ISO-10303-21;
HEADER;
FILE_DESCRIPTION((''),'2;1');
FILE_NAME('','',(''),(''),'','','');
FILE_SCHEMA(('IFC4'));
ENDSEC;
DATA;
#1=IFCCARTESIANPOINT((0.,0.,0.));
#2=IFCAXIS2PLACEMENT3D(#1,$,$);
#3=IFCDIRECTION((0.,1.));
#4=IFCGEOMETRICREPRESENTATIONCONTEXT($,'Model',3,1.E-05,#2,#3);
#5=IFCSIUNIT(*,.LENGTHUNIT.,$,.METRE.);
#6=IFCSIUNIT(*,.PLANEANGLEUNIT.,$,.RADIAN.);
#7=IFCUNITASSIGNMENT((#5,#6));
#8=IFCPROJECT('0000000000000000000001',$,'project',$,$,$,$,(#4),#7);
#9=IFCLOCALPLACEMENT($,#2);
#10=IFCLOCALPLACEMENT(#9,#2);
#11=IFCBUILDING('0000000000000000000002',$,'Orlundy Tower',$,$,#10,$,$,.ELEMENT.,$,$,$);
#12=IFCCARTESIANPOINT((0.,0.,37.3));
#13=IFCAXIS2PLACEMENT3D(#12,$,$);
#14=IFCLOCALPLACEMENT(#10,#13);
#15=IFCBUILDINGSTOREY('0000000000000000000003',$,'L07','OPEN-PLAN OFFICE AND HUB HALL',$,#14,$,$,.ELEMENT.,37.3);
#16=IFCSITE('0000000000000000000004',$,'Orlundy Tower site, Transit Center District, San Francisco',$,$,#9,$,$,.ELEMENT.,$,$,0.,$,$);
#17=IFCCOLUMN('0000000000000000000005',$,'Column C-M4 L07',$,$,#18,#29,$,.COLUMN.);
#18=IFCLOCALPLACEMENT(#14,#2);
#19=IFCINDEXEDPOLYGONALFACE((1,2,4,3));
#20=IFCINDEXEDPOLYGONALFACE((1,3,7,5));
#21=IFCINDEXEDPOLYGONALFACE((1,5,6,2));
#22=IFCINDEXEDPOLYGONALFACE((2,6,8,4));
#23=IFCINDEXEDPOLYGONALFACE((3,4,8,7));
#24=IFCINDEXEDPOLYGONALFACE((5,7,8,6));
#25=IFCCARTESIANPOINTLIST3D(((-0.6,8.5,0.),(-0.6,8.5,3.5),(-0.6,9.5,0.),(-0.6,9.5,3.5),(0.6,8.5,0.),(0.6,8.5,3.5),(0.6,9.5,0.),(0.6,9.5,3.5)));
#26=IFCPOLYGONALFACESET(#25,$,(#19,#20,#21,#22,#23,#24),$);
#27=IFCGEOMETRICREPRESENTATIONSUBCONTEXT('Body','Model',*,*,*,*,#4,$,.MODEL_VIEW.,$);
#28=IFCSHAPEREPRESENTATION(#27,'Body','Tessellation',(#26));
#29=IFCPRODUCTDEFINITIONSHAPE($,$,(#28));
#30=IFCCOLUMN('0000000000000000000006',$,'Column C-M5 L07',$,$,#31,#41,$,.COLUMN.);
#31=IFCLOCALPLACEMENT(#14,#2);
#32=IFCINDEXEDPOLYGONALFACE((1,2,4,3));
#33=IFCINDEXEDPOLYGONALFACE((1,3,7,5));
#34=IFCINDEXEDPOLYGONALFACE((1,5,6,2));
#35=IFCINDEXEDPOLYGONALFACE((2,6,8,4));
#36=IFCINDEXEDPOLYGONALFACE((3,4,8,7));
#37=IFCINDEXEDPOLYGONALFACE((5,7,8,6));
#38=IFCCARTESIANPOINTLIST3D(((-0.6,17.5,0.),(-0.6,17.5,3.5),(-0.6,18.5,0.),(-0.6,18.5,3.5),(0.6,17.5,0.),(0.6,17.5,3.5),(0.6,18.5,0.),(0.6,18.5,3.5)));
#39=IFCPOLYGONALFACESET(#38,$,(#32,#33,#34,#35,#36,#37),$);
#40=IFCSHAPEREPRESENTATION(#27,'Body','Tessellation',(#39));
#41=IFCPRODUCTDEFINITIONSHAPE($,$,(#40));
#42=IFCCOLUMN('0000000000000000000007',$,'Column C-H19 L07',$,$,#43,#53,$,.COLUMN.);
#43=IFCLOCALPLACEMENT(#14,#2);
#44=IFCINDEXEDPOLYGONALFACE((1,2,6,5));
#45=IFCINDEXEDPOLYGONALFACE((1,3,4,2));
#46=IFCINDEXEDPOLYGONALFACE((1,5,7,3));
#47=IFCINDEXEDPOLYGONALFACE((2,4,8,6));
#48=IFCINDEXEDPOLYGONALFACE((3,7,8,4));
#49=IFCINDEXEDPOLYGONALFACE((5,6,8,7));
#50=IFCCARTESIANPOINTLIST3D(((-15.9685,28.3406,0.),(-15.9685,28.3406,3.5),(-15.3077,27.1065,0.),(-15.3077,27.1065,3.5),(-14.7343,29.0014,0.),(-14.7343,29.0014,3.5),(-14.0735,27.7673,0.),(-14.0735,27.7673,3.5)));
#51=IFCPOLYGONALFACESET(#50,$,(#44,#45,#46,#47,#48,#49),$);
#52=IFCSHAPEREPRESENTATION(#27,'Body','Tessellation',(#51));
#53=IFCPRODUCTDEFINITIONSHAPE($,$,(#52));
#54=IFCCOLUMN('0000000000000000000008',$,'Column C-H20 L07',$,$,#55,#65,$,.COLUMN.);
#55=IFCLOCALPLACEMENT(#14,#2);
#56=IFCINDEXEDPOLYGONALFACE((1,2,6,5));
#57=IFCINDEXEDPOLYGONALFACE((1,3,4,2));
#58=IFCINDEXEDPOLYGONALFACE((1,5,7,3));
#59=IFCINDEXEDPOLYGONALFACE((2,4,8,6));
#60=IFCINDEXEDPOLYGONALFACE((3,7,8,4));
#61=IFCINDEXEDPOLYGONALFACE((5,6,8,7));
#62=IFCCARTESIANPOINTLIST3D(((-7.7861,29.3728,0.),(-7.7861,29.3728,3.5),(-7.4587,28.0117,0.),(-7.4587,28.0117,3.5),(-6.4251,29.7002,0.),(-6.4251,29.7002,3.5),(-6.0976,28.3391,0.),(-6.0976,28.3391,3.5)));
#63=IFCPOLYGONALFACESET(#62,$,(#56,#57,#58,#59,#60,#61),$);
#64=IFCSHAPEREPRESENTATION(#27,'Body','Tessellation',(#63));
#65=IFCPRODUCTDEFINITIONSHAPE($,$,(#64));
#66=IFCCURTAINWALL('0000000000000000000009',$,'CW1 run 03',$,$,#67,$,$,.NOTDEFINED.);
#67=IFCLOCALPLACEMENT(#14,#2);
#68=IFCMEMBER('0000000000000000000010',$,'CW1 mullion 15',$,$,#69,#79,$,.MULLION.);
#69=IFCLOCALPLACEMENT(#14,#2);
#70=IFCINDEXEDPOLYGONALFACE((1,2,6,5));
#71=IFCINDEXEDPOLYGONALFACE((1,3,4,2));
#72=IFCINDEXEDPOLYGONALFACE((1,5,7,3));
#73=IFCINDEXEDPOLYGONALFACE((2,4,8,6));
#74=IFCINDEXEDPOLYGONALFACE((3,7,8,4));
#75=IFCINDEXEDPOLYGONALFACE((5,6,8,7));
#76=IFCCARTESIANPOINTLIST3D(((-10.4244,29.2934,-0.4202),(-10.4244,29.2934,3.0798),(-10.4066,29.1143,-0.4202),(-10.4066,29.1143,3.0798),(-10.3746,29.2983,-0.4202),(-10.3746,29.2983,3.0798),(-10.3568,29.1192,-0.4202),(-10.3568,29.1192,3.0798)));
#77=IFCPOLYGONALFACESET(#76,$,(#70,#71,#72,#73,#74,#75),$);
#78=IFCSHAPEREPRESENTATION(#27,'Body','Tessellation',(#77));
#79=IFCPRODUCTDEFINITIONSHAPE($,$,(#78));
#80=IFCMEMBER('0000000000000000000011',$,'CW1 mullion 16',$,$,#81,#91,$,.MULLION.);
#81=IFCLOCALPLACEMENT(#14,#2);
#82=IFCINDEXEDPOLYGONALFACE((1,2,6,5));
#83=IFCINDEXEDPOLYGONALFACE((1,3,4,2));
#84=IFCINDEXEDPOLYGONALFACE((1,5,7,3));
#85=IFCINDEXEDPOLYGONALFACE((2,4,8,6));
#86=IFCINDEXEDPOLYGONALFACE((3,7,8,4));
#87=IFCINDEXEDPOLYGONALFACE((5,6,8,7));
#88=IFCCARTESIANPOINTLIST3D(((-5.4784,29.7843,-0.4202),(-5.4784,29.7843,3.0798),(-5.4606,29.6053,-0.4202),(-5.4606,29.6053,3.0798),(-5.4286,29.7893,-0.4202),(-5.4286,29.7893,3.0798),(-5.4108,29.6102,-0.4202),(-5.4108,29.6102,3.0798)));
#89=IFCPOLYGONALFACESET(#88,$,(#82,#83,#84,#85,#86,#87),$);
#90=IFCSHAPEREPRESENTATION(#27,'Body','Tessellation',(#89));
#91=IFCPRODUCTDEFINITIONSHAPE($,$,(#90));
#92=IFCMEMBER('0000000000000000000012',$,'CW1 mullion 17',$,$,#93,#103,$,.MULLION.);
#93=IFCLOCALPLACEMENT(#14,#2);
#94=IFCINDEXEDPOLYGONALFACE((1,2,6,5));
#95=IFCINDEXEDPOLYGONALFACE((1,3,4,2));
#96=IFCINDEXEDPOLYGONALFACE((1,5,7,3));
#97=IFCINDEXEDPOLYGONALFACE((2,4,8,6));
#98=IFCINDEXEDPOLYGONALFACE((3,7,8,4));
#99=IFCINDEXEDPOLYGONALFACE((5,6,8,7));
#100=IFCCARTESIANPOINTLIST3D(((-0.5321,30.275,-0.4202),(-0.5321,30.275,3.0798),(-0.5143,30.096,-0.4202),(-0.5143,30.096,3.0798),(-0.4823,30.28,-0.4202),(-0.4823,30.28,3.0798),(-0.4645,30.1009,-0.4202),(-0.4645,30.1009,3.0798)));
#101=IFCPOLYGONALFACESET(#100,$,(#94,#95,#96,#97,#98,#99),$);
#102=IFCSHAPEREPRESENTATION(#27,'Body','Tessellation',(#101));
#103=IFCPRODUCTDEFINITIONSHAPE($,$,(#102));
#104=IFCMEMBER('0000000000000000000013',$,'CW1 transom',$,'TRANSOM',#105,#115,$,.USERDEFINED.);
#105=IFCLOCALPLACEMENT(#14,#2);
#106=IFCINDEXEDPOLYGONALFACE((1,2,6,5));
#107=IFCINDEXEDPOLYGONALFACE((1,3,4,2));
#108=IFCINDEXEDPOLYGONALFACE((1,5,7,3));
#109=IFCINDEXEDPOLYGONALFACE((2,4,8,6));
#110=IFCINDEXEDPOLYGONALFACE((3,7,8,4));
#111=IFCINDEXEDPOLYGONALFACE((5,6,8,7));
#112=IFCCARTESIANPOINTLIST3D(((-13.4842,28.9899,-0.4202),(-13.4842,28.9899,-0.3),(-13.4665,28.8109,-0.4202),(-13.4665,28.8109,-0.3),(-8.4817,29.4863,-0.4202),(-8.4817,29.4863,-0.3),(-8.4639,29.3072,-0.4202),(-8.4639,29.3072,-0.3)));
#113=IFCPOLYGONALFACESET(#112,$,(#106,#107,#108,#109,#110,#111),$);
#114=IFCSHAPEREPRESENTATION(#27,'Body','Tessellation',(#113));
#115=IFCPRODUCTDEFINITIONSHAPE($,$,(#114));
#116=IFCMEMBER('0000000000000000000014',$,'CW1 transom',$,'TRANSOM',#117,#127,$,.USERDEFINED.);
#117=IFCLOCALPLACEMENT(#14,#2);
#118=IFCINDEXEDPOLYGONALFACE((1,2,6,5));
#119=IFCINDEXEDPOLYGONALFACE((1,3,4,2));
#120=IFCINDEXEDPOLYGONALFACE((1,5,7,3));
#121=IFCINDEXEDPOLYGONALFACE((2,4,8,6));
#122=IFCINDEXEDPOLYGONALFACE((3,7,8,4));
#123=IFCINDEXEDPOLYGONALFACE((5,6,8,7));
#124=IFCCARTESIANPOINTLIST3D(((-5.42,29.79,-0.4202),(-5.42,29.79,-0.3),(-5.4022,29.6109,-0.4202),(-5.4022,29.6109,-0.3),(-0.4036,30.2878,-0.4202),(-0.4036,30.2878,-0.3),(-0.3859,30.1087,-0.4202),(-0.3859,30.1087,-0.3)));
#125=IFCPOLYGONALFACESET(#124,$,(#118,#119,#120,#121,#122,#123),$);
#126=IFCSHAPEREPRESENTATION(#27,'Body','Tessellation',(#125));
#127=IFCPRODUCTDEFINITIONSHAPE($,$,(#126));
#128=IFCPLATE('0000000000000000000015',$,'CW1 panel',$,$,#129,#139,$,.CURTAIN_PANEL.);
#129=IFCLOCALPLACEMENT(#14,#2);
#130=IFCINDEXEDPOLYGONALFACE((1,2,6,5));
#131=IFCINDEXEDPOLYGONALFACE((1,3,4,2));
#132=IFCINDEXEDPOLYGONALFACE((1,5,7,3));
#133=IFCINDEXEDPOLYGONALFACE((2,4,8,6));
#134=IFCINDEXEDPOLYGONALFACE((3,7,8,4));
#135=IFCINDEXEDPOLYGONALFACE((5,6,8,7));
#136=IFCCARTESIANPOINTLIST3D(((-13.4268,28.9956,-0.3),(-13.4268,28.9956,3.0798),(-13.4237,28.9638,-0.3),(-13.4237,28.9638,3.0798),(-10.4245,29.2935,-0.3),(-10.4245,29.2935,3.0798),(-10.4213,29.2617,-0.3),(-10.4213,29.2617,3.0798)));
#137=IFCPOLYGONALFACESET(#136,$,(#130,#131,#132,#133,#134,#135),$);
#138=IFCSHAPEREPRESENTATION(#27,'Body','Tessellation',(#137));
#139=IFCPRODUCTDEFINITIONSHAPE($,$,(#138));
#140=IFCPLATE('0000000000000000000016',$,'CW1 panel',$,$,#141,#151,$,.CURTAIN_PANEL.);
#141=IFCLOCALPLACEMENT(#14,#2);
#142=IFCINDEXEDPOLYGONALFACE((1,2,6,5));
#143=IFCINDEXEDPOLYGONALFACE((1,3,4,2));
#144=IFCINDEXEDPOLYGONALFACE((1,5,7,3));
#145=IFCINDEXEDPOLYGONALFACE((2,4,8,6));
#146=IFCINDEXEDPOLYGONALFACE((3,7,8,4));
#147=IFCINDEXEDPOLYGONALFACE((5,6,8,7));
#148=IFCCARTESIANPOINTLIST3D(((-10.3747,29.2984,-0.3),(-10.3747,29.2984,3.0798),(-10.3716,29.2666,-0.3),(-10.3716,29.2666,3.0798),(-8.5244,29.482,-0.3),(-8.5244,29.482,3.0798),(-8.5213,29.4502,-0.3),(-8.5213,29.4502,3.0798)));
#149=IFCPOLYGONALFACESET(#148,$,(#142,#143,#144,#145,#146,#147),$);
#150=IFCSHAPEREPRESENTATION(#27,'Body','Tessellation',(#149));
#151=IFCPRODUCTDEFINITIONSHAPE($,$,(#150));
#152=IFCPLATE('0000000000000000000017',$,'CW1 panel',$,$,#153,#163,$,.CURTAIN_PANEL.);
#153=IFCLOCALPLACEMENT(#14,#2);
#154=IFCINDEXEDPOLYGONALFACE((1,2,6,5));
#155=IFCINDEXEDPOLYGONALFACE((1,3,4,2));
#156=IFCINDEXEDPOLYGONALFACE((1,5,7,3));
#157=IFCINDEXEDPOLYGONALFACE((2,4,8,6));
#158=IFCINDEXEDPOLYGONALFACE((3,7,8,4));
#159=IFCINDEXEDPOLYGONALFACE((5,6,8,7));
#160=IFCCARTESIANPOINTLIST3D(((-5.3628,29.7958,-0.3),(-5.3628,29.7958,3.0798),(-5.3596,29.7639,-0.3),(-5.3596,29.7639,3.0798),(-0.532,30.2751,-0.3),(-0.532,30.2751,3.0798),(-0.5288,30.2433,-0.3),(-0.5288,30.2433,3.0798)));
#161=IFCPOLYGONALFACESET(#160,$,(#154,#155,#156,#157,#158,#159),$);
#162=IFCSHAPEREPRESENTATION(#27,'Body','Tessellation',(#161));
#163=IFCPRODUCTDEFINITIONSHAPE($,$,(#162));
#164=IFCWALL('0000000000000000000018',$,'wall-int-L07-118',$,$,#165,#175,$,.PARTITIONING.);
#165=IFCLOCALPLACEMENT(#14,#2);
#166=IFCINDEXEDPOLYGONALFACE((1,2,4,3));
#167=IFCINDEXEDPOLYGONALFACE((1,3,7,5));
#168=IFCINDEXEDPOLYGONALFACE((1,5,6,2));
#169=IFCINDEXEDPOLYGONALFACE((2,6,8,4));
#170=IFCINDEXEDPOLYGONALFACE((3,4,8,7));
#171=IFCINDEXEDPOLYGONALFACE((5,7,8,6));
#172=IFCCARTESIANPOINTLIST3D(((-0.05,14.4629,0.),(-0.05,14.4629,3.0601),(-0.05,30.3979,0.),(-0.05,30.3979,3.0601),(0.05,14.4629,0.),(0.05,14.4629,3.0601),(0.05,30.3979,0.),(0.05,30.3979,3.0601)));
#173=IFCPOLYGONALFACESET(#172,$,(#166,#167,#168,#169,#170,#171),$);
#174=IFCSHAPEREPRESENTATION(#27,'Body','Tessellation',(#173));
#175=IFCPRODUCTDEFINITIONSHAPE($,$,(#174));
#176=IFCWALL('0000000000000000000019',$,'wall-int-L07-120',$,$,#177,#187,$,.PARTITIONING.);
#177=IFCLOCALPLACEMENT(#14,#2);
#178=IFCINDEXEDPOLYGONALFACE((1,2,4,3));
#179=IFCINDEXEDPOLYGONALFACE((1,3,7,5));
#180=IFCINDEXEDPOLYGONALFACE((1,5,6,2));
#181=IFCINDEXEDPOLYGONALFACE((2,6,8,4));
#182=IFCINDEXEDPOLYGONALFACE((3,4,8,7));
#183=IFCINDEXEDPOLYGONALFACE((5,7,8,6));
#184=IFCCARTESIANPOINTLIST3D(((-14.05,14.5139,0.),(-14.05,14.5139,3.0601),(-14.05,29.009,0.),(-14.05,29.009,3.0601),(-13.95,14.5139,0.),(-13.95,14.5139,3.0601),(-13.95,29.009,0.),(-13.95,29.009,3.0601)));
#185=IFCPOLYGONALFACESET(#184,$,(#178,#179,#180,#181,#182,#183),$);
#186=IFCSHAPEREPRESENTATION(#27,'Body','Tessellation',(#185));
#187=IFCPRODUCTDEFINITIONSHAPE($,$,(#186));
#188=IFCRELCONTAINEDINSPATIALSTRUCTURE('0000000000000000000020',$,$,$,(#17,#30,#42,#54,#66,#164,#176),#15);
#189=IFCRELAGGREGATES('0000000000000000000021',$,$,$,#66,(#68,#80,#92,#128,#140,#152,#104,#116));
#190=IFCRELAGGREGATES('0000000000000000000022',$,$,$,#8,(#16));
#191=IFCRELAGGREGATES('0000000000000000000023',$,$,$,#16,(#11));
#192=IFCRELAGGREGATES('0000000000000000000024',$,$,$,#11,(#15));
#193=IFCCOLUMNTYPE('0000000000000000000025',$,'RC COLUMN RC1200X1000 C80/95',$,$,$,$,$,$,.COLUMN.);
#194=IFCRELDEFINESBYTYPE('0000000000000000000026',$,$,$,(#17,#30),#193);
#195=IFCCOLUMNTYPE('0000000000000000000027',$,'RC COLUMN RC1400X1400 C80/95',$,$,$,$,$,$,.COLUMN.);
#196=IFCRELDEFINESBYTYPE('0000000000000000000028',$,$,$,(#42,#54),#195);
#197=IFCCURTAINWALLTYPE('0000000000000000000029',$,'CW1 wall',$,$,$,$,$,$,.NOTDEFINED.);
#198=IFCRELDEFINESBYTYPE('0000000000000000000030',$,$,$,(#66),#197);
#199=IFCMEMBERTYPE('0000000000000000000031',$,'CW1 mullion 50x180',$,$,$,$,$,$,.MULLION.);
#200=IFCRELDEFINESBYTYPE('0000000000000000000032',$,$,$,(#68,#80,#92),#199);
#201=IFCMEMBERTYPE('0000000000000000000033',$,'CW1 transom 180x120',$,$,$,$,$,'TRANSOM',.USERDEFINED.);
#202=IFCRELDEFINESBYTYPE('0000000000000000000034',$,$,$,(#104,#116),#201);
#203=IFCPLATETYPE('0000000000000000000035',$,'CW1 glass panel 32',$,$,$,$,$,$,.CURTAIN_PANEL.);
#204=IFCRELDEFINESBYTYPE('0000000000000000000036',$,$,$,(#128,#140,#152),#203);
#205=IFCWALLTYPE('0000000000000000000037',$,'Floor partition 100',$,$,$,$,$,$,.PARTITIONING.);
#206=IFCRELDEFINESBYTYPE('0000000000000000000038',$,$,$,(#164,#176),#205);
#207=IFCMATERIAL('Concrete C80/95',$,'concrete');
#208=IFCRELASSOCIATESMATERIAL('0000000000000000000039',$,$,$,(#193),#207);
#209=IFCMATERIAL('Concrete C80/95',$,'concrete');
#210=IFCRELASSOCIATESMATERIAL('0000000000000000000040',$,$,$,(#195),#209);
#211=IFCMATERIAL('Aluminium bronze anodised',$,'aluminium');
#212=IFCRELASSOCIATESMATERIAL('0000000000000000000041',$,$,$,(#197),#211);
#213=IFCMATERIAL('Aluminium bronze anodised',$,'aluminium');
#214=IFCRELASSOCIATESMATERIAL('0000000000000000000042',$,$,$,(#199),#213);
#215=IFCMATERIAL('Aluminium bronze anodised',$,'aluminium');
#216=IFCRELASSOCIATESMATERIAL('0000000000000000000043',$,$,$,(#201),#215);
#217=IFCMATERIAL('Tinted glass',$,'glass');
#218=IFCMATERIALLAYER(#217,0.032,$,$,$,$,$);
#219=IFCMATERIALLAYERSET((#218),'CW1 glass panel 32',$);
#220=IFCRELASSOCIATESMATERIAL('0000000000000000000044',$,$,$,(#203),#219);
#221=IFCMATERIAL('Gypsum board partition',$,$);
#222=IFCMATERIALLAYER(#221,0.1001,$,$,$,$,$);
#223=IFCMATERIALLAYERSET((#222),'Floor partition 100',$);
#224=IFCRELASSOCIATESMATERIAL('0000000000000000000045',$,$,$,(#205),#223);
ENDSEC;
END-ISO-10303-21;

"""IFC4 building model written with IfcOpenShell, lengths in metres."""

from ifc_helpers import new_model, si_unit, direction, frame, frame_2d, origin, origin_2d, place, context, subcontext, project, spatial, rectangle, extrude, material, layer, layer_set, material_profile, profile_set, type_object, element, aggregate, save


model = new_model("IFC4")

# Units and contexts
model_context = context("Model", 3, precision=1e-05, world=origin(), true_north=direction((0.0, 1.0)))
body_context = subcontext(model_context, "Body", "Model", "MODEL_VIEW")
ifc_project = project(units=[si_unit("LENGTHUNIT", "METRE"), si_unit("PLANEANGLEUNIT", "RADIAN")], contexts=[model_context])

# Site, building, storey
site_placement = place(None, origin())
site = spatial("IfcSite", under=ifc_project, at=site_placement, Name="Orlundy Tower site, Transit Center District, San Francisco", CompositionType="ELEMENT", RefElevation=0.0)
building_placement = place(site_placement, origin())
building = spatial("IfcBuilding", under=site, at=building_placement, Name="Orlundy Tower", CompositionType="ELEMENT")
storey_placement = place(building_placement, frame((0.0, 0.0, 37.3)))
storey = spatial("IfcBuildingStorey", under=building, at=storey_placement, Name="L07", Description="OPEN-PLAN OFFICE AND HUB HALL", CompositionType="ELEMENT", Elevation=37.3)

# Columns
ifc_material_1 = material(Name="Concrete C80/95", Category="concrete")
ifc_material_profile_1 = material_profile(ifc_material_1, rectangle(XDim=1.2, YDim=1.0, at=origin_2d()), Name="RC1200X1000")
ifc_profile_set_1 = profile_set([ifc_material_profile_1], Name="Concrete C80/95")
column_type_1 = type_object("IfcColumnType", Name="RC COLUMN RC1200X1000 C80/95", PredefinedType="COLUMN", material=ifc_profile_set_1)
for number, where, z_axis, x_axis, name in (
    (1, (0.0, 9.0, 0.0), (0.0, 0.0, 1.0), (1.0, 0.0, 0.0), "Column C-M4 L07"),
    (2, (0.0, 18.0, 0.0), (0.0, 0.0, 1.0), (1.0, 0.0, 0.0), "Column C-M5 L07"),
):
    element("IfcColumn", number, at=place(storey_placement, frame(where, z_axis=z_axis, x_axis=x_axis)), inside=storey, type_object=column_type_1, Name=name, PredefinedType="COLUMN", context=body_context, shape_type="SweptSolid", body=[
        extrude(rectangle(XDim=1.2, YDim=1.0, at=origin_2d()), origin(), (0.0, 0.0, 1.0), 3.5),
    ])
ifc_material_2 = material(Name="Concrete C80/95", Category="concrete")
ifc_material_profile_2 = material_profile(ifc_material_2, rectangle(XDim=1.3999, YDim=1.3999, at=origin_2d()), Name="RC1400X1400")
ifc_profile_set_2 = profile_set([ifc_material_profile_2], Name="Concrete C80/95")
column_type_2 = type_object("IfcColumnType", Name="RC COLUMN RC1400X1400 C80/95", PredefinedType="COLUMN", material=ifc_profile_set_2)
for number, where, z_axis, x_axis, name in (
    (3, (-15.021, 28.054, 0.0), (0.0, 0.0, 1.0), (-0.472028, 0.881584, 0.0), "Column C-H19 L07"),
    (4, (-6.9419, 28.856, 0.0), (0.0, 0.0, 1.0), (-0.233904, 0.97226, 0.0), "Column C-H20 L07"),
):
    element("IfcColumn", number, at=place(storey_placement, frame(where, z_axis=z_axis, x_axis=x_axis)), inside=storey, type_object=column_type_2, Name=name, PredefinedType="COLUMN", context=body_context, shape_type="SweptSolid", body=[
        extrude(rectangle(XDim=1.3999, YDim=1.3999, at=origin_2d()), origin(), (0.0, 0.0, 1.0), 3.5),
    ])

# Curtain wall, members, plates
ifc_material_3 = material(Name="Aluminium bronze anodised", Category="aluminium")
curtain_wall_type = type_object("IfcCurtainWallType", Name="CW1 wall", PredefinedType="NOTDEFINED", material=ifc_material_3)
curtain_wall_placement = place(storey_placement, origin())
curtain_wall = element("IfcCurtainWall", 5, at=curtain_wall_placement, inside=storey, type_object=curtain_wall_type, Name="CW1 run 03", PredefinedType="NOTDEFINED")
ifc_material_4 = material(Name="Aluminium bronze anodised", Category="aluminium")
ifc_material_profile_3 = material_profile(ifc_material_4, rectangle(XDim=0.1799, YDim=0.05, at=origin_2d()), Name="CW1 mullion 50x180")
ifc_profile_set_3 = profile_set([ifc_material_profile_3], Name="Aluminium bronze anodised")
member_type_1 = type_object("IfcMemberType", Name="CW1 mullion 50x180", PredefinedType="MULLION", material=ifc_profile_set_3)
member_1_placement = place(storey_placement, frame((-10.3906, 29.2063, -0.4202), z_axis=(0.0, 0.0, 1.0), x_axis=(-0.098743, 0.995113, 0.0)))
member_1 = element("IfcMember", 6, at=member_1_placement, type_object=member_type_1, Name="CW1 mullion 15", PredefinedType="MULLION", context=body_context, shape_type="SweptSolid", body=[
    extrude(rectangle(XDim=0.1799, YDim=0.05, at=origin_2d()), origin(), (0.0, 0.0, 1.0), 3.5),
])
member_2_placement = place(storey_placement, frame((-5.4446, 29.6973, -0.4202), z_axis=(0.0, 0.0, 1.0), x_axis=(-0.098743, 0.995113, 0.0)))
member_2 = element("IfcMember", 7, at=member_2_placement, type_object=member_type_1, Name="CW1 mullion 16", PredefinedType="MULLION", context=body_context, shape_type="SweptSolid", body=[
    extrude(rectangle(XDim=0.1799, YDim=0.05, at=origin_2d()), origin(), (0.0, 0.0, 1.0), 3.5),
])
member_3_placement = place(storey_placement, frame((-0.4983, 30.188, -0.4202), z_axis=(0.0, 0.0, 1.0), x_axis=(-0.098743, 0.995113, 0.0)))
member_3 = element("IfcMember", 8, at=member_3_placement, type_object=member_type_1, Name="CW1 mullion 17", PredefinedType="MULLION", context=body_context, shape_type="SweptSolid", body=[
    extrude(rectangle(XDim=0.1799, YDim=0.05, at=origin_2d()), origin(), (0.0, 0.0, 1.0), 3.5),
])
ifc_material_5 = material(Name="Aluminium bronze anodised", Category="aluminium")
ifc_material_profile_4 = material_profile(ifc_material_5, rectangle(XDim=0.1799, YDim=0.1201, at=origin_2d()), Name="CW1 transom 180x120")
ifc_profile_set_4 = profile_set([ifc_material_profile_4], Name="Aluminium bronze anodised")
member_type_2 = type_object("IfcMemberType", Name="CW1 transom 180x120", ElementType="TRANSOM", PredefinedType="USERDEFINED", material=ifc_profile_set_4)
member_4_placement = place(storey_placement, frame((-13.4753, 28.9004, -0.3601), z_axis=(0.995114, 0.098734, 0.0), x_axis=(-0.098734, 0.995114, 0.0)))
member_4 = element("IfcMember", 9, at=member_4_placement, type_object=member_type_2, Name="CW1 transom", ObjectType="TRANSOM", PredefinedType="USERDEFINED", context=body_context, shape_type="SweptSolid", body=[
    extrude(rectangle(XDim=0.1799, YDim=0.1201, at=origin_2d()), origin(), (0.0, 0.0, 1.0), 5.0271),
])
member_5_placement = place(storey_placement, frame((-5.4111, 29.7004, -0.3601), z_axis=(0.995112, 0.098751, 0.0), x_axis=(-0.098751, 0.995112, 0.0)))
member_5 = element("IfcMember", 10, at=member_5_placement, type_object=member_type_2, Name="CW1 transom", ObjectType="TRANSOM", PredefinedType="USERDEFINED", context=body_context, shape_type="SweptSolid", body=[
    extrude(rectangle(XDim=0.1799, YDim=0.1201, at=origin_2d()), origin(), (0.0, 0.0, 1.0), 5.041),
])
ifc_material_6 = material(Name="Tinted glass", Category="glass")
ifc_layer_1 = layer(ifc_material_6, 0.032)
ifc_layer_set_1 = layer_set([ifc_layer_1], Name="CW1 glass panel 32")
plate_type = type_object("IfcPlateType", Name="CW1 glass panel 32", PredefinedType="CURTAIN_PANEL", material=ifc_layer_set_1)
plate_1_placement = place(storey_placement, frame((-11.9241, 29.1287, -0.3), z_axis=(0.0, 0.0, 1.0), x_axis=(0.995113, 0.098743, 0.0)))
plate_1 = element("IfcPlate", 11, at=plate_1_placement, type_object=plate_type, Name="CW1 panel", PredefinedType="CURTAIN_PANEL", context=body_context, shape_type="SweptSolid", body=[
    extrude(rectangle(XDim=3.0171, YDim=0.032, at=origin_2d()), origin(), (0.0, 0.0, 1.0), 3.3799),
])
plate_2_placement = place(storey_placement, frame((-9.448, 29.3743, -0.3), z_axis=(0.0, 0.0, 1.0), x_axis=(0.995113, 0.098743, 0.0)))
plate_2 = element("IfcPlate", 12, at=plate_2_placement, type_object=plate_type, Name="CW1 panel", PredefinedType="CURTAIN_PANEL", context=body_context, shape_type="SweptSolid", body=[
    extrude(rectangle(XDim=1.8594, YDim=0.032, at=origin_2d()), origin(), (0.0, 0.0, 1.0), 3.3799),
])
plate_3_placement = place(storey_placement, frame((-2.9458, 30.0195, -0.3), z_axis=(0.0, 0.0, 1.0), x_axis=(0.995113, 0.098743, 0.0)))
plate_3 = element("IfcPlate", 13, at=plate_3_placement, type_object=plate_type, Name="CW1 panel", PredefinedType="CURTAIN_PANEL", context=body_context, shape_type="SweptSolid", body=[
    extrude(rectangle(XDim=4.8545, YDim=0.032, at=origin_2d()), origin(), (0.0, 0.0, 1.0), 3.3799),
])
aggregate(curtain_wall, [member_1, member_2, member_3, plate_1, plate_2, plate_3, member_4, member_5])

# Walls
ifc_material_7 = material(Name="Gypsum board partition")
ifc_layer_2 = layer(ifc_material_7, 0.1001)
ifc_layer_set_2 = layer_set([ifc_layer_2], Name="Floor partition 100")
wall_type_1 = type_object("IfcWallType", Name="Floor partition 100", PredefinedType="PARTITIONING", material=ifc_layer_set_2)
wall_1_placement = place(storey_placement, frame((0.0, 14.4629, 0.0), z_axis=(0.0, 0.0, 1.0), x_axis=(0.0, 1.0, 0.0)))
element("IfcWall", 14, at=wall_1_placement, inside=storey, type_object=wall_type_1, Name="wall-int-L07-118", PredefinedType="PARTITIONING", context=body_context, shape_type="SweptSolid", body=[
    extrude(rectangle(XDim=15.9351, YDim=0.1001, at=frame_2d((7.9675, 0.0))), origin(), (0.0, 0.0, 1.0), 3.0601),
])
wall_2_placement = place(storey_placement, frame((-14.0, 14.5139, 0.0), z_axis=(0.0, 0.0, 1.0), x_axis=(0.0, 1.0, 0.0)))
element("IfcWall", 15, at=wall_2_placement, inside=storey, type_object=wall_type_1, Name="wall-int-L07-120", PredefinedType="PARTITIONING", context=body_context, shape_type="SweptSolid", body=[
    extrude(rectangle(XDim=14.4951, YDim=0.1001, at=frame_2d((7.2476, 0.0))), origin(), (0.0, 0.0, 1.0), 3.0601),
])

save(model, "model.ifc")
